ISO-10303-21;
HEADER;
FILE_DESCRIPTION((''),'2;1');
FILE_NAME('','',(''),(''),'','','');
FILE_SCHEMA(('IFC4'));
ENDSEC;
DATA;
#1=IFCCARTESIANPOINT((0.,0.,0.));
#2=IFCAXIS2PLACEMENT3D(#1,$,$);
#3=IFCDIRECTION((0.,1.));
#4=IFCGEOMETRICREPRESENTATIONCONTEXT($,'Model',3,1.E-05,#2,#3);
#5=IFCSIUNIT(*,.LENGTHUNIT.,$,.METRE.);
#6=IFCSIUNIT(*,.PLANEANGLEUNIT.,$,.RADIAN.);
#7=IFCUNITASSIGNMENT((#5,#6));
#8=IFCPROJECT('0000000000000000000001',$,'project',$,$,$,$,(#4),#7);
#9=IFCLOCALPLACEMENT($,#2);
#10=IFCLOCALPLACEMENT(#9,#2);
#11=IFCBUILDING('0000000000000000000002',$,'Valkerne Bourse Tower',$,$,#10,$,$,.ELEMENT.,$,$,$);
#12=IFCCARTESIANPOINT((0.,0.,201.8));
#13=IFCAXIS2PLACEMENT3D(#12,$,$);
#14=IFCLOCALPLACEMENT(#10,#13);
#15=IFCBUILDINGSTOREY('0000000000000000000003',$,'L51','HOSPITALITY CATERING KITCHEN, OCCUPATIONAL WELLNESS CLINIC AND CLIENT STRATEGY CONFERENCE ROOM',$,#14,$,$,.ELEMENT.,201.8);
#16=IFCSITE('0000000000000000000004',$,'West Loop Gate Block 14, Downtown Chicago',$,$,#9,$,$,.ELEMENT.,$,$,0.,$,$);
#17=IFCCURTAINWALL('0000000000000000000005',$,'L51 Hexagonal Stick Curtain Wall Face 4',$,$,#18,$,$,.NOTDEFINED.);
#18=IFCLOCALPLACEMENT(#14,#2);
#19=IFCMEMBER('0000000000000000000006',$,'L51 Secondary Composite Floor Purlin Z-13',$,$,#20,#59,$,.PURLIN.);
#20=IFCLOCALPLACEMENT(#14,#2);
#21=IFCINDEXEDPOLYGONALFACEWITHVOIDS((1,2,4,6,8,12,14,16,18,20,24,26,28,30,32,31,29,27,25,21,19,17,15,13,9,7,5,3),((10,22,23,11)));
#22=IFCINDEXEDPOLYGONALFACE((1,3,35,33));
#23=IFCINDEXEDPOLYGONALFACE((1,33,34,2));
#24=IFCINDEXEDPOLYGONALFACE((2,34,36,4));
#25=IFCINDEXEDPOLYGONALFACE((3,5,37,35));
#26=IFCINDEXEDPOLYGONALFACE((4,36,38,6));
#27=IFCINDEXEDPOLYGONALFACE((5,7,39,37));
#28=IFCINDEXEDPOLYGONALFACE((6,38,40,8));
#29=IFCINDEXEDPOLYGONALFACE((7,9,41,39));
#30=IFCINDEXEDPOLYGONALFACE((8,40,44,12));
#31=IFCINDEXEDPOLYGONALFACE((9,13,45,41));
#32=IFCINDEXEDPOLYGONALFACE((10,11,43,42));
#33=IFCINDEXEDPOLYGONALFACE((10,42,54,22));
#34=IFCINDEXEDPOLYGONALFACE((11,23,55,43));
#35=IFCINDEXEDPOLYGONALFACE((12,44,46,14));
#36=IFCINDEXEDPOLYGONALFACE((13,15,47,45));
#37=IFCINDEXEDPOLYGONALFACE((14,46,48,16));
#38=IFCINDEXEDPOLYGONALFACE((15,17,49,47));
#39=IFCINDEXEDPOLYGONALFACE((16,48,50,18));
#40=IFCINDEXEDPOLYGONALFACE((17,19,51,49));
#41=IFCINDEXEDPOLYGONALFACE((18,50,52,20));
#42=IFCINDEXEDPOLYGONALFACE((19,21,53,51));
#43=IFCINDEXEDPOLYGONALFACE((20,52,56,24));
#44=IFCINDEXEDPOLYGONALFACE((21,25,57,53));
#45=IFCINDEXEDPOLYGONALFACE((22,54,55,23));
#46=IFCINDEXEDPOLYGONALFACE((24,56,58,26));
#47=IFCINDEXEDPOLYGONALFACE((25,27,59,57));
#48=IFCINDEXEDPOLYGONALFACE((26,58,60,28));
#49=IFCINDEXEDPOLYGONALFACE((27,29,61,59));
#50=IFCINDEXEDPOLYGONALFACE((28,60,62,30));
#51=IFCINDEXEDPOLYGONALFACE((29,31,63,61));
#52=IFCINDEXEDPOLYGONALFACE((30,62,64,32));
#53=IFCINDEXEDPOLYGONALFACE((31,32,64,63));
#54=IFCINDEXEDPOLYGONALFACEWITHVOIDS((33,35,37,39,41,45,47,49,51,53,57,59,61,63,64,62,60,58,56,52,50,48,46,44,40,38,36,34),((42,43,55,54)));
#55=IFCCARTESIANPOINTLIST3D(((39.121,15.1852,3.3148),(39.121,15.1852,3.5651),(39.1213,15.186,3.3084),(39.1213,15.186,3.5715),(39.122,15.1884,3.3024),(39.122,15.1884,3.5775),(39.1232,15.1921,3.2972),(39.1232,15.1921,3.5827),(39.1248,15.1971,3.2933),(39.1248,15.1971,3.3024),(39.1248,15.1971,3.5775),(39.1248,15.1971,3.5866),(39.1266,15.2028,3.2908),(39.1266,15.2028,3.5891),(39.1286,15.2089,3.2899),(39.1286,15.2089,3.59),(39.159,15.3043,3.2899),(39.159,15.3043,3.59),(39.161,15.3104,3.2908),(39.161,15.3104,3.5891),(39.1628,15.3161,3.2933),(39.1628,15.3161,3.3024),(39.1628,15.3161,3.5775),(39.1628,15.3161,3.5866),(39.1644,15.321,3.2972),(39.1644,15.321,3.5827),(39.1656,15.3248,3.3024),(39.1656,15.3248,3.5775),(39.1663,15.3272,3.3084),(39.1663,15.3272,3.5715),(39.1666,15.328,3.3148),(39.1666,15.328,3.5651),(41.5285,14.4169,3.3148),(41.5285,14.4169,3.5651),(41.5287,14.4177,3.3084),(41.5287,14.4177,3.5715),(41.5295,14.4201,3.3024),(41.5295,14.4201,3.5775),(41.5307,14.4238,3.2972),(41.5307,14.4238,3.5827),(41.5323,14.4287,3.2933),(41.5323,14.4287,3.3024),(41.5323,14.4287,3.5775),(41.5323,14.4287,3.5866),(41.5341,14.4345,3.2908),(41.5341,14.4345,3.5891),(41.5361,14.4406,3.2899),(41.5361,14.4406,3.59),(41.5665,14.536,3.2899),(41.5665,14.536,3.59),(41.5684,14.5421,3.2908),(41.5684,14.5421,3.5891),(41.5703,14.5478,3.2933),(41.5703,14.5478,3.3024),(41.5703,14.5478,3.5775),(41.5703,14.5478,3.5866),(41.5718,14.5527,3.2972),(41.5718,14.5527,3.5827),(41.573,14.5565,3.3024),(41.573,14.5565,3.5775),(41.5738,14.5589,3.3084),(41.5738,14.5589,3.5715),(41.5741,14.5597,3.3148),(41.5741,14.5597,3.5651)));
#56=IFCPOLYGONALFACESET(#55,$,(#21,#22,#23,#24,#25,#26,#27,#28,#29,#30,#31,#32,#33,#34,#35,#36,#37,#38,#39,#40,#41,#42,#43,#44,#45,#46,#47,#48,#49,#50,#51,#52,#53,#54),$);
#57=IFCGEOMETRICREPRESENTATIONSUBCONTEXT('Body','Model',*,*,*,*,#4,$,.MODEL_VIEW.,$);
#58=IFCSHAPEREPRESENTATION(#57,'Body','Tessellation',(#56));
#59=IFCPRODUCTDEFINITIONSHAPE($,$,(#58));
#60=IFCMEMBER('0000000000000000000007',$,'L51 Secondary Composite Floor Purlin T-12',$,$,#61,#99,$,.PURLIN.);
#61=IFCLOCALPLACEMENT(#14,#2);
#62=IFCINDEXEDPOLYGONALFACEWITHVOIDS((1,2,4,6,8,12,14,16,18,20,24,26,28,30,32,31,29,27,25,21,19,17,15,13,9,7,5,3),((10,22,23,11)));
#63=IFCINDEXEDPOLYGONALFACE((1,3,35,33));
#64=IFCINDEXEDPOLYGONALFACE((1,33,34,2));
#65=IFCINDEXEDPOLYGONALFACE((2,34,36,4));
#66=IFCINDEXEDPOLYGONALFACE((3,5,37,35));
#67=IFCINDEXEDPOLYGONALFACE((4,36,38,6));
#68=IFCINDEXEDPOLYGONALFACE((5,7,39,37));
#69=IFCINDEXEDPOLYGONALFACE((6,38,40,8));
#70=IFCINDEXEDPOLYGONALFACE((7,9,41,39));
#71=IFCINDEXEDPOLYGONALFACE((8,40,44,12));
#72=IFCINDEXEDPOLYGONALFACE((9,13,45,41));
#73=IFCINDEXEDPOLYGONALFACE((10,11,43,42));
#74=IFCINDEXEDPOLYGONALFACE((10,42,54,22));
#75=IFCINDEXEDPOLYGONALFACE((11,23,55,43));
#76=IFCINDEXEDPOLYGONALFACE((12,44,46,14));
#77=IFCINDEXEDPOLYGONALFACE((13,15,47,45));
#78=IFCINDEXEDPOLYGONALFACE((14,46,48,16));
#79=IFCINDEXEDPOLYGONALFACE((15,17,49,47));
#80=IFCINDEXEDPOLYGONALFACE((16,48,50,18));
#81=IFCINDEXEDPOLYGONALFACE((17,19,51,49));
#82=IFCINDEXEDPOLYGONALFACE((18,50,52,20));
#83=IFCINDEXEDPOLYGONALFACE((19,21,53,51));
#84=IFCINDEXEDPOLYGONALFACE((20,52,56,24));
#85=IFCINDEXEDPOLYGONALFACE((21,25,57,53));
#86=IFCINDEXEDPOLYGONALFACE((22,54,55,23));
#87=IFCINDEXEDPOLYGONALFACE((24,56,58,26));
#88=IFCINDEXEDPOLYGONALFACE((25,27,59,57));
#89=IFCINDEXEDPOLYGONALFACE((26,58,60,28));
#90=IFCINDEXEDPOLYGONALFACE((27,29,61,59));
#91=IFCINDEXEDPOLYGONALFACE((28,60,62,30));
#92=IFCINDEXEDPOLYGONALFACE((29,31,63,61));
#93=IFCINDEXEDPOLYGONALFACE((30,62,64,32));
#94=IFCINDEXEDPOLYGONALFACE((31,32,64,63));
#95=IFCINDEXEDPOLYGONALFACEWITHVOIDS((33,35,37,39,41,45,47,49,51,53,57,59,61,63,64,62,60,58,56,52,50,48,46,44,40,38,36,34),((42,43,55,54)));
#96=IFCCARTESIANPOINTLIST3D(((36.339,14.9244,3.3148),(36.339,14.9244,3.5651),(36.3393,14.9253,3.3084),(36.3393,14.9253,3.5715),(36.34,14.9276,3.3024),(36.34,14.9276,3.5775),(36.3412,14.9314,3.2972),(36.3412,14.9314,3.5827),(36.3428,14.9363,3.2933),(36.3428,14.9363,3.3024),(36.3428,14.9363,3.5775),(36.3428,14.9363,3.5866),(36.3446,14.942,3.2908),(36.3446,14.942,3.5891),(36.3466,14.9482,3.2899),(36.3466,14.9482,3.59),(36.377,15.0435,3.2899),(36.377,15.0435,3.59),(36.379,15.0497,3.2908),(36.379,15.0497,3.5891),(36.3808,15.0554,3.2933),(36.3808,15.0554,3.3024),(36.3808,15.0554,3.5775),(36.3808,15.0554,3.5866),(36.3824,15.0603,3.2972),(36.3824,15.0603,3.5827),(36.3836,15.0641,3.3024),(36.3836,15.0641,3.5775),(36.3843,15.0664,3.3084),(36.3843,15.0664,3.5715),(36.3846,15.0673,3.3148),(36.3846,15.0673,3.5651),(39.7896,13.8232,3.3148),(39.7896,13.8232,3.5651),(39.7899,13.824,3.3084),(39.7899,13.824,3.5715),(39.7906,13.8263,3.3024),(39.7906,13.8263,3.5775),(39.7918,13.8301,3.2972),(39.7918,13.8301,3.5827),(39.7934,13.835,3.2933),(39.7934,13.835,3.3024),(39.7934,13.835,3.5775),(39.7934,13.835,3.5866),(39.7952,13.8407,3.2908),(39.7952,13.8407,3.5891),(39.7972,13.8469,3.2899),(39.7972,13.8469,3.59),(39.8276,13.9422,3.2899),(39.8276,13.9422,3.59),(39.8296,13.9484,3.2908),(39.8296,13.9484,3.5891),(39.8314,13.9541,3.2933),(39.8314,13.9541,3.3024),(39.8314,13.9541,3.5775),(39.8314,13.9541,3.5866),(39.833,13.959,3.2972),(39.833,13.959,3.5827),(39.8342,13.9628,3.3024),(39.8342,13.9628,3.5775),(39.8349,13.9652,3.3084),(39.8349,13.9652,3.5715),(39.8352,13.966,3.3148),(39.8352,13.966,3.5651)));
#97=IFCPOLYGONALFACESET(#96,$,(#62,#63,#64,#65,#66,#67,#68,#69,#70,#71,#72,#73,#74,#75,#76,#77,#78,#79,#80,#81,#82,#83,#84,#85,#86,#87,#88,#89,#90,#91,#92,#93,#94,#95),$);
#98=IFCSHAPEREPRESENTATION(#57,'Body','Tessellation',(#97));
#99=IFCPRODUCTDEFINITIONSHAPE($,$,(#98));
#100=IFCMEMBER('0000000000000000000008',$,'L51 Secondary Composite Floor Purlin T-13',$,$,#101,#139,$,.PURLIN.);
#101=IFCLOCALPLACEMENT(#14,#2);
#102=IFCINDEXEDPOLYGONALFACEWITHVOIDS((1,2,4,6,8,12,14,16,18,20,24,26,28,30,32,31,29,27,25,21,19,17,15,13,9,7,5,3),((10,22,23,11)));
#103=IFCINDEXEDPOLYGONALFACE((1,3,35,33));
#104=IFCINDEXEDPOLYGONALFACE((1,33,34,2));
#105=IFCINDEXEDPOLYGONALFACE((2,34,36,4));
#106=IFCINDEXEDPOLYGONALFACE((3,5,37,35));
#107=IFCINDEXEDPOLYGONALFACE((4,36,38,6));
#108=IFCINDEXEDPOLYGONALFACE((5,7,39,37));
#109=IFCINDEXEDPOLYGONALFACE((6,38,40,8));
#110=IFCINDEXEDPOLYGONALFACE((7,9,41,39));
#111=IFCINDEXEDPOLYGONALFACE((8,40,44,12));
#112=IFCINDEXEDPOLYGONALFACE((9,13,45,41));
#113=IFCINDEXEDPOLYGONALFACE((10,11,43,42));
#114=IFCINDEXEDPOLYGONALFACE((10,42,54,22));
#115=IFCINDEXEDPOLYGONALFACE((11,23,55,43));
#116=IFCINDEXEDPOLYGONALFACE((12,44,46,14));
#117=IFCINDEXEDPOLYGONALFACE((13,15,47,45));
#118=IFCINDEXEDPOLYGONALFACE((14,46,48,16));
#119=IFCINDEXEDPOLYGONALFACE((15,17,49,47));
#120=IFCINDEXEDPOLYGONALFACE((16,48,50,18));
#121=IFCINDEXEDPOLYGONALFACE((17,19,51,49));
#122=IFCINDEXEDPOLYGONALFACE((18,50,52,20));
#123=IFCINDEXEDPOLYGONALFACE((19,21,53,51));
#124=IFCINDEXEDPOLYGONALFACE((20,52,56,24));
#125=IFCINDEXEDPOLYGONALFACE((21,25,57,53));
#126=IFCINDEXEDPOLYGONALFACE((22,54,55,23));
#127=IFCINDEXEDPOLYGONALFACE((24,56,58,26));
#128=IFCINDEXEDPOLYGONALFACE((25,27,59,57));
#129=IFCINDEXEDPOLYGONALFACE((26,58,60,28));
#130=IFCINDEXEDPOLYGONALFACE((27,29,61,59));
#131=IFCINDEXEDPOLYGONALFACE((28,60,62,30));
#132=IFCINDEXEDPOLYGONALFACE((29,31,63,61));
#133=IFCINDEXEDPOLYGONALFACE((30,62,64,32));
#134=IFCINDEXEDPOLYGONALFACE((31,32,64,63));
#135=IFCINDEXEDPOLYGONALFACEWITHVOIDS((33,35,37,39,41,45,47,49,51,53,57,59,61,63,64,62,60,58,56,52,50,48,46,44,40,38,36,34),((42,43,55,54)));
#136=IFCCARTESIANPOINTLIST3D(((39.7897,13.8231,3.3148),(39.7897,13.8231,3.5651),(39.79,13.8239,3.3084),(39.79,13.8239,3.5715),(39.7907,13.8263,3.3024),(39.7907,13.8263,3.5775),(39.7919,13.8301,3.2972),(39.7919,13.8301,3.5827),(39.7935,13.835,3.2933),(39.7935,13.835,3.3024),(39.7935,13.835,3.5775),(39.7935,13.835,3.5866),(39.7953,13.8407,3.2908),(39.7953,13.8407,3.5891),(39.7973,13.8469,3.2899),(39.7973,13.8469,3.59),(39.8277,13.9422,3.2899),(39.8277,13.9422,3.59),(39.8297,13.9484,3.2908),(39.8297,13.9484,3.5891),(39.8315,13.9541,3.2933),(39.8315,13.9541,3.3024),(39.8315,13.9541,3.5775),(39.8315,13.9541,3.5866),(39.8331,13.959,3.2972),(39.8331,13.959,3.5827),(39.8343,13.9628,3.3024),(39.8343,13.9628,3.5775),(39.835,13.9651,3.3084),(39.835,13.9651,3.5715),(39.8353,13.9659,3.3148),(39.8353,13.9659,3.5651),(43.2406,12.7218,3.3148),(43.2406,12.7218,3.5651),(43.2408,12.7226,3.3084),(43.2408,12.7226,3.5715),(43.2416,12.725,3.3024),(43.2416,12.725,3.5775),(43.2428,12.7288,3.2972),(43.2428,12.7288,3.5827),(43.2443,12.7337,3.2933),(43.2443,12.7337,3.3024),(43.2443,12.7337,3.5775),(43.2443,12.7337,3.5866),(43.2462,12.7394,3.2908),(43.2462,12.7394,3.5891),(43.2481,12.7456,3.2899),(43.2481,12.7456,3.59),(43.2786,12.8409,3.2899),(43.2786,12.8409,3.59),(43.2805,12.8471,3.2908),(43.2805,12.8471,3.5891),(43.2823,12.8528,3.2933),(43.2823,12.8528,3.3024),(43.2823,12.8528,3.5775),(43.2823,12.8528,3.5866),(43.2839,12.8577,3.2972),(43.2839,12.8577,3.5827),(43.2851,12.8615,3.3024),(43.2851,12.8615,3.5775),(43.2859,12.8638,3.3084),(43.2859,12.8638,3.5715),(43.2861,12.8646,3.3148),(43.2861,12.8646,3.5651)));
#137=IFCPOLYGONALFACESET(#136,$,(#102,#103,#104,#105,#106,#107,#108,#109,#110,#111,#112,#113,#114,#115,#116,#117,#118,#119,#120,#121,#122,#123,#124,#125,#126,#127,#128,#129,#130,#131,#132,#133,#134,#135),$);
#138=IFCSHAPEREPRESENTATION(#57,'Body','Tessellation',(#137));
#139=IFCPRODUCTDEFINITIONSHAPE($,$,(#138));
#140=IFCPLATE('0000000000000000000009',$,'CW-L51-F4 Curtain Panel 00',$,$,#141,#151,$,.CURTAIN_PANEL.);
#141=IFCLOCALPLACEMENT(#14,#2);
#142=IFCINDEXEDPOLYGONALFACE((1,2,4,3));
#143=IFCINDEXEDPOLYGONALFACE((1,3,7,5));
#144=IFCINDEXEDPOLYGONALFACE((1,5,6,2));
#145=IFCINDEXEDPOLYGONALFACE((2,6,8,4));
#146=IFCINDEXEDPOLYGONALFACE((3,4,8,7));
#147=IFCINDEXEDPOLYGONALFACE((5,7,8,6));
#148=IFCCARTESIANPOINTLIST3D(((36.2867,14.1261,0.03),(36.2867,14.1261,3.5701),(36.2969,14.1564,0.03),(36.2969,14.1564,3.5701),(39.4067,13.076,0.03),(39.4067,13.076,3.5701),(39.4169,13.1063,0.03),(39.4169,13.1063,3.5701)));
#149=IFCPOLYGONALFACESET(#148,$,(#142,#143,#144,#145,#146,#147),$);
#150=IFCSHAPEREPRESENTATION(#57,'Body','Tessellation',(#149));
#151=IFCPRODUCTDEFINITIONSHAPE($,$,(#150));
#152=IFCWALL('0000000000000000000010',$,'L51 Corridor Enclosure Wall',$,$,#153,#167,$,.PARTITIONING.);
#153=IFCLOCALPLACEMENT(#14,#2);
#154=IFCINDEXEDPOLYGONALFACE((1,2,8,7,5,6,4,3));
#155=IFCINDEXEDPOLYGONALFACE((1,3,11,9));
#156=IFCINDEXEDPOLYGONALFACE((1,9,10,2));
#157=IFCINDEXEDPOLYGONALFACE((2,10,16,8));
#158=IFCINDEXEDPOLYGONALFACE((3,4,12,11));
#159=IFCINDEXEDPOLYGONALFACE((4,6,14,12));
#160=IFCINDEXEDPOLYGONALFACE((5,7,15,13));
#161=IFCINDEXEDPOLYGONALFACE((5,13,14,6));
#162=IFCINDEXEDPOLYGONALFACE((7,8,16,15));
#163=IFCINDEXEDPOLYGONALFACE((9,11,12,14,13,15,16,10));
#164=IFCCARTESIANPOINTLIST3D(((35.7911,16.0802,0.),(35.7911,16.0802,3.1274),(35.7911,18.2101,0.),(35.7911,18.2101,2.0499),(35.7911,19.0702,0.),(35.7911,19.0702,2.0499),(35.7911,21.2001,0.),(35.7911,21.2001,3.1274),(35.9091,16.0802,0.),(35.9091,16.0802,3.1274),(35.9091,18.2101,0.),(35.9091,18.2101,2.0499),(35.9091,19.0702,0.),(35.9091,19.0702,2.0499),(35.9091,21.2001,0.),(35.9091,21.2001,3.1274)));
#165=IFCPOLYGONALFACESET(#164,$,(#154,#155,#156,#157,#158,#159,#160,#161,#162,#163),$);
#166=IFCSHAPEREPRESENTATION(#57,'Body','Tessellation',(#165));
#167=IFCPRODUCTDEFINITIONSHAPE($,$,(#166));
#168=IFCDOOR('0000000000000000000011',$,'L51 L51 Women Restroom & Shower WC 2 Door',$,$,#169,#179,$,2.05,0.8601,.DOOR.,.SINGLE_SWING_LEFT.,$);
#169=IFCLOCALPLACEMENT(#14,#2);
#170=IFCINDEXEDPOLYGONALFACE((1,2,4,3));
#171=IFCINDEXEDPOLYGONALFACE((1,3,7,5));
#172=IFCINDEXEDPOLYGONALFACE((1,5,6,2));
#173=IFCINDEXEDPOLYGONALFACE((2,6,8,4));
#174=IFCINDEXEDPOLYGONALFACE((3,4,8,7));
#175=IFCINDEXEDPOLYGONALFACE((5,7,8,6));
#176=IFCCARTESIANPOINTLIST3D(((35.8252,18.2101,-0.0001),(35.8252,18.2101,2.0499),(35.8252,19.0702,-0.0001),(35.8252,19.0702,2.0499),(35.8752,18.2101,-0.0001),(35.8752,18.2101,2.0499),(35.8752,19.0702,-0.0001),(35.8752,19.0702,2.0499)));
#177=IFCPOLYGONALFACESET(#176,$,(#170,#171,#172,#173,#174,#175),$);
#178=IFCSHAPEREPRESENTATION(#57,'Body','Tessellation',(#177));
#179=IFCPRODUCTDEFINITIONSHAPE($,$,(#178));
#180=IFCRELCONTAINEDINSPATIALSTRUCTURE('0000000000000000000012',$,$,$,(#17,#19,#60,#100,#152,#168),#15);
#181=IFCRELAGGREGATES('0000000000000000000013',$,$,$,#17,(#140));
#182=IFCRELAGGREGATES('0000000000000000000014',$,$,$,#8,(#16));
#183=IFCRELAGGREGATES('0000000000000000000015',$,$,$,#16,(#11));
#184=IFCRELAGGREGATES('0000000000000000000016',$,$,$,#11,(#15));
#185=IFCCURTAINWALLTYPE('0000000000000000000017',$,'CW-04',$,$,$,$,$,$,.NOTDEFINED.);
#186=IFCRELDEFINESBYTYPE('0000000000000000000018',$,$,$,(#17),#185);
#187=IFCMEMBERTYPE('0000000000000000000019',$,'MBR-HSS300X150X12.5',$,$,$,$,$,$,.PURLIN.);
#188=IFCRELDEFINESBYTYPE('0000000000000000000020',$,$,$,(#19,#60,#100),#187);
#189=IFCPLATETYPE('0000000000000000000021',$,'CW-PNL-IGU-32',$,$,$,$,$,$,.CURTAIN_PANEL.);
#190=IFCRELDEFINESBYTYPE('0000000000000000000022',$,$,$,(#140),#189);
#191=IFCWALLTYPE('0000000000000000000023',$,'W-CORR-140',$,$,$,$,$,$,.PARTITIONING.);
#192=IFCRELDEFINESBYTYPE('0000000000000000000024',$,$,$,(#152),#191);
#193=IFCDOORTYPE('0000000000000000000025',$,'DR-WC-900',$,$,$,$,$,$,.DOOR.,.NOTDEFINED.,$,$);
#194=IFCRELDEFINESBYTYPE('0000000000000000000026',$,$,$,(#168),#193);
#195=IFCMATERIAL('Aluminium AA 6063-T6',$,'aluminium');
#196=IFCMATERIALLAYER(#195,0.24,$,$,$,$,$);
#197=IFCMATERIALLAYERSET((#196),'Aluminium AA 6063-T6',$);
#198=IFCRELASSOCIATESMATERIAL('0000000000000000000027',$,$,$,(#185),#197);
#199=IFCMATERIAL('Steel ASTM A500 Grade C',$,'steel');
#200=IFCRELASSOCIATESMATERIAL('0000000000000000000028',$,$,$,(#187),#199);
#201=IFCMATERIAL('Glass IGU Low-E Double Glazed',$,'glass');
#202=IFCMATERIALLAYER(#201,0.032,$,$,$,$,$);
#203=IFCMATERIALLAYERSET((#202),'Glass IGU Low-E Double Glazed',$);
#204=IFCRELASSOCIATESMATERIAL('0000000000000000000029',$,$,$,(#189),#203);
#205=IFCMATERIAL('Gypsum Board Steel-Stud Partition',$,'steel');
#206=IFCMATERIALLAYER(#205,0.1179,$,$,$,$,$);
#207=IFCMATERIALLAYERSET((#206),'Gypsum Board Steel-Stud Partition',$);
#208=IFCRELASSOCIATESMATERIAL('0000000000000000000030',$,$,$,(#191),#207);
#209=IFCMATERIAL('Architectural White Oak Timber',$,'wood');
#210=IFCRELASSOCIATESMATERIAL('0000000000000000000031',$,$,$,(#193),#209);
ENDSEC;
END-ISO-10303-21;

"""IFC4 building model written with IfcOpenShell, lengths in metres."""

from ifc_helpers import new_model, si_unit, direction, frame, frame_2d, origin, origin_2d, place, context, subcontext, project, spatial, rectangle, hollow_rectangle, extrude, material, layer, layer_set, material_profile, profile_set, type_object, element, fill, aggregate, save


model = new_model("IFC4")

# Units and contexts
model_context = context("Model", 3, precision=1e-05, world=origin(), true_north=direction((0.0, 1.0)))
body_context = subcontext(model_context, "Body", "Model", "MODEL_VIEW")
ifc_project = project(units=[si_unit("LENGTHUNIT", "METRE"), si_unit("PLANEANGLEUNIT", "RADIAN")], contexts=[model_context])

# Site, building, storey
site_placement = place(None, origin())
site = spatial("IfcSite", under=ifc_project, at=site_placement, Name="West Loop Gate Block 14, Downtown Chicago", CompositionType="ELEMENT", RefElevation=0.0)
building_placement = place(site_placement, origin())
building = spatial("IfcBuilding", under=site, at=building_placement, Name="Valkerne Bourse Tower", CompositionType="ELEMENT")
storey_placement = place(building_placement, frame((0.0, 0.0, 201.8)))
storey = spatial("IfcBuildingStorey", under=building, at=storey_placement, Name="L51", Description="HOSPITALITY CATERING KITCHEN, OCCUPATIONAL WELLNESS CLINIC AND CLIENT STRATEGY CONFERENCE ROOM", CompositionType="ELEMENT", Elevation=201.8)

# Curtain wall
ifc_material_1 = material(Name="Aluminium AA 6063-T6", Category="aluminium")
ifc_layer_1 = layer(ifc_material_1, 0.24)
ifc_layer_set_1 = layer_set([ifc_layer_1], Name="Aluminium AA 6063-T6")
curtain_wall_type = type_object("IfcCurtainWallType", Name="CW-04", PredefinedType="NOTDEFINED", material=ifc_layer_set_1)
curtain_wall_placement = place(storey_placement, origin())
curtain_wall = element("IfcCurtainWall", 1, at=curtain_wall_placement, inside=storey, type_object=curtain_wall_type, Name="L51 Hexagonal Stick Curtain Wall Face 4", PredefinedType="NOTDEFINED")

# Members
ifc_material_2 = material(Name="Steel ASTM A500 Grade C", Category="steel")
ifc_material_profile_1 = material_profile(ifc_material_2, hollow_rectangle(XDim=0.1499, YDim=0.3, WallThickness=0.0125, OuterFilletRadius=0.0249, at=origin_2d()), Name="HSS300X150X12.5")
ifc_profile_set_1 = profile_set([ifc_material_profile_1], Name="Steel ASTM A500 Grade C")
member_type_1 = type_object("IfcMemberType", Name="MBR-HSS300X150X12.5", PredefinedType="PURLIN", material=ifc_profile_set_1)
member_1_placement = place(storey_placement, frame((39.1438, 15.2566, 3.4399), z_axis=(0.952663, -0.304029, 0.0), x_axis=(0.304029, 0.952663, 0.0)))
element("IfcMember", 2, at=member_1_placement, inside=storey, type_object=member_type_1, Name="L51 Secondary Composite Floor Purlin Z-13", PredefinedType="PURLIN", context=body_context, shape_type="SweptSolid", body=[
    extrude(hollow_rectangle(XDim=0.1499, YDim=0.3, WallThickness=0.0125, OuterFilletRadius=0.0249, at=origin_2d()), origin(), (0.0, 0.0, 1.0), 2.5271),
])
member_2_placement = place(storey_placement, frame((36.3618, 14.9958, 3.4399), z_axis=(0.952656, -0.304049, 0.0), x_axis=(0.304049, 0.952656, 0.0)))
element("IfcMember", 3, at=member_2_placement, inside=storey, type_object=member_type_1, Name="L51 Secondary Composite Floor Purlin T-12", PredefinedType="PURLIN", context=body_context, shape_type="SweptSolid", body=[
    extrude(hollow_rectangle(XDim=0.1499, YDim=0.3, WallThickness=0.0125, OuterFilletRadius=0.0249, at=origin_2d()), origin(), (0.0, 0.0, 1.0), 3.6221),
])
member_3_placement = place(storey_placement, frame((39.8125, 13.8945, 3.4399), z_axis=(0.952663, -0.30403, 0.0), x_axis=(0.30403, 0.952663, 0.0)))
element("IfcMember", 4, at=member_3_placement, inside=storey, type_object=member_type_1, Name="L51 Secondary Composite Floor Purlin T-13", PredefinedType="PURLIN", context=body_context, shape_type="SweptSolid", body=[
    extrude(hollow_rectangle(XDim=0.1499, YDim=0.3, WallThickness=0.0125, OuterFilletRadius=0.0249, at=origin_2d()), origin(), (0.0, 0.0, 1.0), 3.6223),
])

# Plate
ifc_material_3 = material(Name="Glass IGU Low-E Double Glazed", Category="glass")
ifc_layer_2 = layer(ifc_material_3, 0.032)
ifc_layer_set_2 = layer_set([ifc_layer_2], Name="Glass IGU Low-E Double Glazed")
plate_type = type_object("IfcPlateType", Name="CW-PNL-IGU-32", PredefinedType="CURTAIN_PANEL", material=ifc_layer_set_2)
plate_placement = place(storey_placement, frame((37.8518, 13.6162, 0.03), z_axis=(0.0, 0.0, 1.0), x_axis=(0.947765, -0.318969, 0.0)))
plate = element("IfcPlate", 5, at=plate_placement, type_object=plate_type, Name="CW-L51-F4 Curtain Panel 00", PredefinedType="CURTAIN_PANEL", context=body_context, shape_type="SweptSolid", body=[
    extrude(rectangle(XDim=3.292, YDim=0.032, at=origin_2d()), origin(), (0.0, 0.0, 1.0), 3.54),
])
aggregate(curtain_wall, [plate])

# Wall, opening, door
ifc_material_4 = material(Name="Gypsum Board Steel-Stud Partition", Category="steel")
ifc_layer_3 = layer(ifc_material_4, 0.1179)
ifc_layer_set_3 = layer_set([ifc_layer_3], Name="Gypsum Board Steel-Stud Partition")
wall_type_1 = type_object("IfcWallType", Name="W-CORR-140", PredefinedType="PARTITIONING", material=ifc_layer_set_3)
wall_1_placement = place(storey_placement, frame((35.8501, 16.0801, 0.0), z_axis=(0.0, 0.0, 1.0), x_axis=(0.0, 1.0, 0.0)))
wall_1 = element("IfcWall", 6, at=wall_1_placement, inside=storey, type_object=wall_type_1, Name="L51 Corridor Enclosure Wall", PredefinedType="PARTITIONING", context=body_context, shape_type="SweptSolid", body=[
    extrude(rectangle(XDim=5.1199, YDim=0.1179, at=frame_2d((2.5601, 0.0))), origin(), (0.0, 0.0, 1.0), 3.1274),
])
opening_placement = place(wall_1_placement, frame((2.1299, 0.0, 0.0)))
opening = element("IfcOpeningElement", 7, at=opening_placement, cuts=wall_1, PredefinedType="OPENING", context=body_context, shape_type="SweptSolid", body=[
    extrude(rectangle(XDim=0.8601, YDim=2.05, at=frame_2d((0.4302, 1.0249))), frame((0.0, 0.0688, 0.0), z_axis=(0.0, -1.0, 0.0), x_axis=(1.0, 0.0, 0.0)), (0.0, 0.0, 1.0), 0.1379),
])
ifc_material_5 = material(Name="Architectural White Oak Timber", Category="wood")
door_type = type_object("IfcDoorType", Name="DR-WC-900", OperationType="NOTDEFINED", PredefinedType="DOOR", material=ifc_material_5)
door_placement = place(opening_placement, origin())
door = element("IfcDoor", 8, at=door_placement, inside=storey, type_object=door_type, Name="L51 L51 Women Restroom & Shower WC 2 Door", OperationType="SINGLE_SWING_LEFT", OverallHeight=2.05, OverallWidth=0.8601, PredefinedType="DOOR", context=body_context, shape_type="SweptSolid", body=[
    extrude(rectangle(XDim=0.8601, YDim=2.05, at=frame_2d((0.4302, 1.0249))), frame((0.0, 0.0249, 0.0), z_axis=(0.0, -1.0, 0.0), x_axis=(1.0, 0.0, 0.0)), (0.0, 0.0, 1.0), 0.05),
])
fill(opening, door)

save(model, "model.ifc")
